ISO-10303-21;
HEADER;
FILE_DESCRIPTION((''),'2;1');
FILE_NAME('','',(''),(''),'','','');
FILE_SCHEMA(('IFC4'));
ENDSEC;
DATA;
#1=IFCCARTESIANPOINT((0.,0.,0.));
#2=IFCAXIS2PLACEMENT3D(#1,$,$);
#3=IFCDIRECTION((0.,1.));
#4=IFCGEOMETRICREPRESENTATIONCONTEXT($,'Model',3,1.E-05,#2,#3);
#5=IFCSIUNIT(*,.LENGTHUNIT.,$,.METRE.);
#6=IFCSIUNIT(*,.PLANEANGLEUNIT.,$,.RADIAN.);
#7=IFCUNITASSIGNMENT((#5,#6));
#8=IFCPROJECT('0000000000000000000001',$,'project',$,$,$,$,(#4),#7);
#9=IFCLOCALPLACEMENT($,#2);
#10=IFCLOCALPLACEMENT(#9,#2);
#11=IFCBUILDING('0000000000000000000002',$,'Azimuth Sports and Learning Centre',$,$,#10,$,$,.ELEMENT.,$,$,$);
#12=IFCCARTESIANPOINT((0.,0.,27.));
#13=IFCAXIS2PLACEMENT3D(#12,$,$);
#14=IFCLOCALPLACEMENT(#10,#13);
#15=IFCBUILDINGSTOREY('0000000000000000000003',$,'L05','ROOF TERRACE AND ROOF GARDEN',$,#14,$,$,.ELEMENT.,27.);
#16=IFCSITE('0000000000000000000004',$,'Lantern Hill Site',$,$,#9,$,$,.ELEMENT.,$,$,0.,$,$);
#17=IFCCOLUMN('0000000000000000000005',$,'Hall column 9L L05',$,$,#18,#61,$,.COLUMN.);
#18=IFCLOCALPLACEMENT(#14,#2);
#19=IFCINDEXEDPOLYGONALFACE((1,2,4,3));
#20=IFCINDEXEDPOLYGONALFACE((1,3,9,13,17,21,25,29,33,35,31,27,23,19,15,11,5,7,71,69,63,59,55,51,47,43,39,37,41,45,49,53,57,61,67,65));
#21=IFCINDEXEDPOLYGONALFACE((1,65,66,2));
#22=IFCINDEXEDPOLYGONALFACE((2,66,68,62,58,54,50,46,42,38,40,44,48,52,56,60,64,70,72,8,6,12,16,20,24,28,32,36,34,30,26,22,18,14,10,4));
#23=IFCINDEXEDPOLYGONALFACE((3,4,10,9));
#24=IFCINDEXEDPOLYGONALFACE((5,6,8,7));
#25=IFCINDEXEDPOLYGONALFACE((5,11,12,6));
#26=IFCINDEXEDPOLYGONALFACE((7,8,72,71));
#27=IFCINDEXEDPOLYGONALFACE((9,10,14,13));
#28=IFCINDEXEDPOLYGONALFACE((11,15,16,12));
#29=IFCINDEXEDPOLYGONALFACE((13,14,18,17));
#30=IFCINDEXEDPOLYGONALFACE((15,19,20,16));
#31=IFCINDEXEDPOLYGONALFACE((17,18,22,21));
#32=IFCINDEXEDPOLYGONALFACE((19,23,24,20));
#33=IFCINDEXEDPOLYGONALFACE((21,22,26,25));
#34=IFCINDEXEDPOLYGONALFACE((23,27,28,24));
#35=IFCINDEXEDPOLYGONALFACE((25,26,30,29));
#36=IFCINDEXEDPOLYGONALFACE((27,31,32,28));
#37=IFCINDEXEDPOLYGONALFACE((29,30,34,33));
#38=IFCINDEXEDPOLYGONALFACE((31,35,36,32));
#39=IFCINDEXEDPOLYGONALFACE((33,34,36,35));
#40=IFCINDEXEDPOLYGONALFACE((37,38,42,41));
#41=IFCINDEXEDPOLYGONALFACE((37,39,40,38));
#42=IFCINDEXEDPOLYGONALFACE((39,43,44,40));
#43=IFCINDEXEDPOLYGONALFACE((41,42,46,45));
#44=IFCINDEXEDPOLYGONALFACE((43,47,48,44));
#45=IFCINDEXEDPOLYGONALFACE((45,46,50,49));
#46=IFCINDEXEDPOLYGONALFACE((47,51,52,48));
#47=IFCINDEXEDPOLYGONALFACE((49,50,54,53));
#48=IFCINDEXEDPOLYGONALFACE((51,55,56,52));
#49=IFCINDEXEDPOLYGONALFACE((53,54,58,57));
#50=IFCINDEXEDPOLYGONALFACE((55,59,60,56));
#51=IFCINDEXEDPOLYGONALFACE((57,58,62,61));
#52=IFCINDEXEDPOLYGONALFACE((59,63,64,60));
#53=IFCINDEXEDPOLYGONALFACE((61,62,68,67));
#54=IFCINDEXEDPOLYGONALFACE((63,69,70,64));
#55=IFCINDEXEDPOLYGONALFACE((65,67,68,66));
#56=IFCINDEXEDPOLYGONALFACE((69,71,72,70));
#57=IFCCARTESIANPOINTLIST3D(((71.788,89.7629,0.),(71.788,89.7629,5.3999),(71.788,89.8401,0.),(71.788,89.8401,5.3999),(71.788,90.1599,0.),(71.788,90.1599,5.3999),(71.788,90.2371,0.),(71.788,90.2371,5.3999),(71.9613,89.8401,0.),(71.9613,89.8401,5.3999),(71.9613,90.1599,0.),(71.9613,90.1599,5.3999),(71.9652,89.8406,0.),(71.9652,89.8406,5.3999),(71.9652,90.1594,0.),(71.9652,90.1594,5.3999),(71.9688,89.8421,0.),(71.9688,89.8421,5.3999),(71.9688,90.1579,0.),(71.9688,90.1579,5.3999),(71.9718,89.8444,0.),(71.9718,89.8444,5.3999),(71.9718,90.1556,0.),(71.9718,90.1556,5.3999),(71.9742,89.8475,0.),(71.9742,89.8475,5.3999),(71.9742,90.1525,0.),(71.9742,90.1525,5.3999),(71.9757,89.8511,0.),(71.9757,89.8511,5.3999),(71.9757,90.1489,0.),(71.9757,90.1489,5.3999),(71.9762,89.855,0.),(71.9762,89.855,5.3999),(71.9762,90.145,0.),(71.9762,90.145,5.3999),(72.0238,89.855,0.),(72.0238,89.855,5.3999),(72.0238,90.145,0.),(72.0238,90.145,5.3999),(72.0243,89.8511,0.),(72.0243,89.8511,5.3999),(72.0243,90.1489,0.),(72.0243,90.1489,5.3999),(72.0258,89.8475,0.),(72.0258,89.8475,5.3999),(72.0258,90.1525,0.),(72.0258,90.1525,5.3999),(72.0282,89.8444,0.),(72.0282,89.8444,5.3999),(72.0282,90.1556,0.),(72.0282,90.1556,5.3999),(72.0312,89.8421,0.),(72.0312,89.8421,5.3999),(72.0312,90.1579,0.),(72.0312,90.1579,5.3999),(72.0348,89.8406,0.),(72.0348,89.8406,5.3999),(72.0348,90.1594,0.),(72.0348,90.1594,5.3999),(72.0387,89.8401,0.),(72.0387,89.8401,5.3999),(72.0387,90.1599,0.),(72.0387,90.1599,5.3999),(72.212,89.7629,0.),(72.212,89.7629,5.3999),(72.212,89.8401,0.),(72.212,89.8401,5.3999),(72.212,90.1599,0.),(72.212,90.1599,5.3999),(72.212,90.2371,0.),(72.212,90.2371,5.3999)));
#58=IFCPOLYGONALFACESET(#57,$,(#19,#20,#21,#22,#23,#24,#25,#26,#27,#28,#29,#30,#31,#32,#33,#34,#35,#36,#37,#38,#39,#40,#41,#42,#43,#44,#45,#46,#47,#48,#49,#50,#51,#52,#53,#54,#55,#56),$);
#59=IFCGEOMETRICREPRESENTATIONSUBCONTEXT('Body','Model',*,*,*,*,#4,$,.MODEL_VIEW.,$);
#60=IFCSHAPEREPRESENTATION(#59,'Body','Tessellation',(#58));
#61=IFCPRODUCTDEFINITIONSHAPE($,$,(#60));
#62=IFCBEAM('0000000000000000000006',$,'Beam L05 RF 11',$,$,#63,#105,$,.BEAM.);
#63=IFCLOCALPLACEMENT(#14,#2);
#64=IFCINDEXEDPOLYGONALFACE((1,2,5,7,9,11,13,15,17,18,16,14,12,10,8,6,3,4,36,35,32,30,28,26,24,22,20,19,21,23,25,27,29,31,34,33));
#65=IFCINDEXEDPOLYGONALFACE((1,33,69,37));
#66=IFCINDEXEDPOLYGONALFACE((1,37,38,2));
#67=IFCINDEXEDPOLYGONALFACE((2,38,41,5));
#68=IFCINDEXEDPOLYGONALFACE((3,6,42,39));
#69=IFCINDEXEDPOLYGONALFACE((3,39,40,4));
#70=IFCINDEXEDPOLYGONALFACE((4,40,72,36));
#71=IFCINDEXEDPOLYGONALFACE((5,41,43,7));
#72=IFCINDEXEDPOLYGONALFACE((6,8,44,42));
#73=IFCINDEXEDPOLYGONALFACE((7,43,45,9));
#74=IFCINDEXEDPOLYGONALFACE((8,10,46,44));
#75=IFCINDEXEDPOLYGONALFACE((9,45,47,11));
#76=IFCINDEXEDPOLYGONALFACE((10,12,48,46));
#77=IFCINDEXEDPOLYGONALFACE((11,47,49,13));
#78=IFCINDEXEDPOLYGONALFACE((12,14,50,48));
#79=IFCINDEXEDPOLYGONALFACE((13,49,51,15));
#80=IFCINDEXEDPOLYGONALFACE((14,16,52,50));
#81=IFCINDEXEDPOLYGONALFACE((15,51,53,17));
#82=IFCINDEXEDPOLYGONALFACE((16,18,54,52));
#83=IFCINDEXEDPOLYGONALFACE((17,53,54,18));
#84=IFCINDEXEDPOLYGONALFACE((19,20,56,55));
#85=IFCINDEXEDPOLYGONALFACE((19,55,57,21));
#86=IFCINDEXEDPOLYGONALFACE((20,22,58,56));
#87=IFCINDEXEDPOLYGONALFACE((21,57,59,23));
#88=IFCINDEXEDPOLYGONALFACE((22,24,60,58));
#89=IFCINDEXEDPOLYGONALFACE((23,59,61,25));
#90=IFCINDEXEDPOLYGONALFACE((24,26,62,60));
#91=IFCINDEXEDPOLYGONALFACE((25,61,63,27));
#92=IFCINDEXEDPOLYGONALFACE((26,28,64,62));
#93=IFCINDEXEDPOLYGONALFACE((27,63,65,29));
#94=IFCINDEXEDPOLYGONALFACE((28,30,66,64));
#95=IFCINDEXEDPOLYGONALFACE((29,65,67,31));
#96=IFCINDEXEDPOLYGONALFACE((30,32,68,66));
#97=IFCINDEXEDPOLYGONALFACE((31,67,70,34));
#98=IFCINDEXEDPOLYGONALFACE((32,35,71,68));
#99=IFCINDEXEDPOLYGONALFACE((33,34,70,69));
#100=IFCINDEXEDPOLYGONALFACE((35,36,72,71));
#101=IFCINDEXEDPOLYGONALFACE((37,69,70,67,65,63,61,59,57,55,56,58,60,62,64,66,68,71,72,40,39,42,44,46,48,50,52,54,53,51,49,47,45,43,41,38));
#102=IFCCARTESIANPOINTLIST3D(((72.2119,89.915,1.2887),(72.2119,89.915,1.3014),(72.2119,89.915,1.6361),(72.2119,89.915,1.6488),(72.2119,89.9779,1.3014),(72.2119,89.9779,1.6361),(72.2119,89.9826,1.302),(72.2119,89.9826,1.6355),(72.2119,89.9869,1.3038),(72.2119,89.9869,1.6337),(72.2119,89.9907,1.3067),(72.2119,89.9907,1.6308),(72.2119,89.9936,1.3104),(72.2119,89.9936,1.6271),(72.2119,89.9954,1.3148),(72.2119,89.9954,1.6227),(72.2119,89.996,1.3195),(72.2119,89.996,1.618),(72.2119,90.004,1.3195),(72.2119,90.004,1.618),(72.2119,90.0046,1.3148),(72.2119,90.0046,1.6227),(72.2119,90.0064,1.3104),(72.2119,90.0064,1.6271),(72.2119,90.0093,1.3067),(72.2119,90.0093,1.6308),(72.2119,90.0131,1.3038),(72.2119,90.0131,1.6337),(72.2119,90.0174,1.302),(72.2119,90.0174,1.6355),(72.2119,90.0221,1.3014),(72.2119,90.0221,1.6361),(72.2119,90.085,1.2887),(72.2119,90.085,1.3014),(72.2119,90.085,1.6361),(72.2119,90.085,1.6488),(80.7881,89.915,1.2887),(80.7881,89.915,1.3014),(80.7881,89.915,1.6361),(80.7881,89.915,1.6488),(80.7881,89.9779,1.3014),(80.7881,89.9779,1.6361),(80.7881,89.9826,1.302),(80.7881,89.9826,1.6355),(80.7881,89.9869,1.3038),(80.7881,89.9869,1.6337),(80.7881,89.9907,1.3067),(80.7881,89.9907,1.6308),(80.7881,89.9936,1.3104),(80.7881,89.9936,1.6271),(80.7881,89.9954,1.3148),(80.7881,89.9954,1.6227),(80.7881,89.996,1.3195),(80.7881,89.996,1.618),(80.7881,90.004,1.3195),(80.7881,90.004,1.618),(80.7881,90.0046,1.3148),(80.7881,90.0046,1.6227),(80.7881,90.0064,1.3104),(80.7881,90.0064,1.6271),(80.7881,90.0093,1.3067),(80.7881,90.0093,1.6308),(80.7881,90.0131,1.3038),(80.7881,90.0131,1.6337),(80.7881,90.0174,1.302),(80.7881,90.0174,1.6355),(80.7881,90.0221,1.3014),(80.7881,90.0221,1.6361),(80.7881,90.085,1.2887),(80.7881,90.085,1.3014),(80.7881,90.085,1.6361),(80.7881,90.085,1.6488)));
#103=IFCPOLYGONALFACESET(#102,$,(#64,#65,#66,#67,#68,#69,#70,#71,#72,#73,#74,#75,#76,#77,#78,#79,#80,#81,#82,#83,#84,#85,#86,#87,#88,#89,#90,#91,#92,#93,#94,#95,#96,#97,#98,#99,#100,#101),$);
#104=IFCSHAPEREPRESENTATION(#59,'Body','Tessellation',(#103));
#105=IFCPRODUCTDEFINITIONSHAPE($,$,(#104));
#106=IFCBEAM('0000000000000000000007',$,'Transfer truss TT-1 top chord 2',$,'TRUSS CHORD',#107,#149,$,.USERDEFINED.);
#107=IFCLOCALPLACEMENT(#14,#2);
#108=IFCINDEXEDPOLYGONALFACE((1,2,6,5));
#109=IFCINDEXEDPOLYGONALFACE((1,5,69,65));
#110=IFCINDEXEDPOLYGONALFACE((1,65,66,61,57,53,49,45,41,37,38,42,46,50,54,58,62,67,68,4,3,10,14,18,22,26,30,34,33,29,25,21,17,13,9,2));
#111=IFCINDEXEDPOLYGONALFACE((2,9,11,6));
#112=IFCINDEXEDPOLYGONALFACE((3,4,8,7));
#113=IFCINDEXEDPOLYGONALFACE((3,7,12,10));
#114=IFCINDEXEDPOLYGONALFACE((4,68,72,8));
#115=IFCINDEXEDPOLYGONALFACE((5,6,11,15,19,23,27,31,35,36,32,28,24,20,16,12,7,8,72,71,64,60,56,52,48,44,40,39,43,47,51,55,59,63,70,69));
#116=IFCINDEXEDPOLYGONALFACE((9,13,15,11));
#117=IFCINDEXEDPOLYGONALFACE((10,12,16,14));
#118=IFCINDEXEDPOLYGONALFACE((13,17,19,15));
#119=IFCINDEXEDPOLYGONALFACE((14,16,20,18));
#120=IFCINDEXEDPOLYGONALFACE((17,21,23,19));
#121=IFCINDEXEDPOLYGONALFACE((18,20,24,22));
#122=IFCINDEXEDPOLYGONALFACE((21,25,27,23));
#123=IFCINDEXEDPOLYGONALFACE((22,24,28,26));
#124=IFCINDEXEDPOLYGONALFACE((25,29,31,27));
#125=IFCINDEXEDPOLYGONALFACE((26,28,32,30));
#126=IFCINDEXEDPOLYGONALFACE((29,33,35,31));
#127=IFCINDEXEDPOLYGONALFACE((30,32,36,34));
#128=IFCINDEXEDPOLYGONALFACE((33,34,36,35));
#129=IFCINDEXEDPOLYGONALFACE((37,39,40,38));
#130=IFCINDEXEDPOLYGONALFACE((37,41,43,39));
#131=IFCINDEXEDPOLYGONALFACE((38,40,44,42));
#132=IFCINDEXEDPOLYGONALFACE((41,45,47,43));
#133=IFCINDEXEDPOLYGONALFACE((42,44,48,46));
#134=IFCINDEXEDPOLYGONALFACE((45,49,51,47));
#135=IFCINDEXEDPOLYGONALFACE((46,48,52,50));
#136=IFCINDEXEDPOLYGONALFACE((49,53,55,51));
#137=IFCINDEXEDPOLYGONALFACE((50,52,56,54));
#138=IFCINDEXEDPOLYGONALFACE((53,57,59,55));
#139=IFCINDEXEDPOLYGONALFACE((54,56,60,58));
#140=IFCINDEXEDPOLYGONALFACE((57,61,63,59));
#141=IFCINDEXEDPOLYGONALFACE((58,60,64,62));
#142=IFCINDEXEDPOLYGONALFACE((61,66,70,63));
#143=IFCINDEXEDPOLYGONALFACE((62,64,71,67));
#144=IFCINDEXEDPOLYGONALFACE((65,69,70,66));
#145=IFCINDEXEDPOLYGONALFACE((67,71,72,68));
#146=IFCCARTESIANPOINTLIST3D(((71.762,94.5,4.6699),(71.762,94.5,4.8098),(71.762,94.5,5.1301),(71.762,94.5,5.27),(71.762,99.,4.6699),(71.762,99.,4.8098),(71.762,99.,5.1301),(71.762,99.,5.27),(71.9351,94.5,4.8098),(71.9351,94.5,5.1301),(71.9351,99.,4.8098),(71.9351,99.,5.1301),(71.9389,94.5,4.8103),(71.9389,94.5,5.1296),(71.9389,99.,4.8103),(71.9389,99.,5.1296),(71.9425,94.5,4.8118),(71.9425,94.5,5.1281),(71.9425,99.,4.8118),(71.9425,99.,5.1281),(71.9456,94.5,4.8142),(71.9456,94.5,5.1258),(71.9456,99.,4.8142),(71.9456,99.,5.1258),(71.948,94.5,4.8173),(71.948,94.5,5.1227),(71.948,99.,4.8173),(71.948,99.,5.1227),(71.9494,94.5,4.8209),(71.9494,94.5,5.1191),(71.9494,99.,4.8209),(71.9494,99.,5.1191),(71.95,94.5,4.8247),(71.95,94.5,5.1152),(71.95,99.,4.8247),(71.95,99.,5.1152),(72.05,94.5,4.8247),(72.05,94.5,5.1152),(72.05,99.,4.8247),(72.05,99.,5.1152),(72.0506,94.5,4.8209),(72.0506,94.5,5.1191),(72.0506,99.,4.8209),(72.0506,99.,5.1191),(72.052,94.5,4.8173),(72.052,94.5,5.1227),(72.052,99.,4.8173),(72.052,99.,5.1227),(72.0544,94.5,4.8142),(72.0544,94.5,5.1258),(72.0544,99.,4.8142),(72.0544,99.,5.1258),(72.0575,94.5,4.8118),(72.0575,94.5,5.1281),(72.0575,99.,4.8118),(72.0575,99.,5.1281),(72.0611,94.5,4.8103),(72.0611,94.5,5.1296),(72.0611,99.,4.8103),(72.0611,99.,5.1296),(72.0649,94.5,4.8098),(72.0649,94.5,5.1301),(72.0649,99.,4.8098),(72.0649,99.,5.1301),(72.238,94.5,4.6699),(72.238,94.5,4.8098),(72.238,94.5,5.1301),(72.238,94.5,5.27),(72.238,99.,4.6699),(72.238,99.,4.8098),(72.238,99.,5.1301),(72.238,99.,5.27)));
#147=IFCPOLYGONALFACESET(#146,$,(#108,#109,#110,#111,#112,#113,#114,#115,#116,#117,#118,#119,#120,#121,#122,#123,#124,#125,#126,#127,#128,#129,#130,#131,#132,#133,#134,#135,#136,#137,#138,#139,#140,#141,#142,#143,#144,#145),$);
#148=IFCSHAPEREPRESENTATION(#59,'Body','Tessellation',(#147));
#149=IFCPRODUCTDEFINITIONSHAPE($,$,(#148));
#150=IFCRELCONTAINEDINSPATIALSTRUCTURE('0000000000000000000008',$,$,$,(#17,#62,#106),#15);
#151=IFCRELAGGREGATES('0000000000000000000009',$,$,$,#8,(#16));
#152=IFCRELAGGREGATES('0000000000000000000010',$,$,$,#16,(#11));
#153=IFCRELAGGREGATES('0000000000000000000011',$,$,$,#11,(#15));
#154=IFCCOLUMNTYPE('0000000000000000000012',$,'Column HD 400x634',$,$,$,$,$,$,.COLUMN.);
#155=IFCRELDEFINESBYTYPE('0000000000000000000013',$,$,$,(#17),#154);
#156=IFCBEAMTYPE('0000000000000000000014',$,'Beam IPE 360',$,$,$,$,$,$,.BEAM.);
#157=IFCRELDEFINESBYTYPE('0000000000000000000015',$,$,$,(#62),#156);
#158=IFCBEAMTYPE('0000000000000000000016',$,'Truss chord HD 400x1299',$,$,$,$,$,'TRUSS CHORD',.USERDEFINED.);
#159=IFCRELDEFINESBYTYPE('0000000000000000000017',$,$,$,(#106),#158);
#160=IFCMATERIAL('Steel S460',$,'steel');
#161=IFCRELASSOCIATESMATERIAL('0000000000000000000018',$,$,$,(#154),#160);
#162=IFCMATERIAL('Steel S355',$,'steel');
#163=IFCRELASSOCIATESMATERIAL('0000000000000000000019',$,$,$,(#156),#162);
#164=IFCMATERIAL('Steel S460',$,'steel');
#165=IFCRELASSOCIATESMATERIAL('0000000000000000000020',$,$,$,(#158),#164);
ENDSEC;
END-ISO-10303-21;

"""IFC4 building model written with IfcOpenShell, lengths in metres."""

from ifc_helpers import new_model, si_unit, direction, frame, origin, origin_2d, place, context, subcontext, project, spatial, i_section, extrude, material, material_profile, profile_set, type_object, element, save


model = new_model("IFC4")

# Units and contexts
model_context = context("Model", 3, precision=1e-05, world=origin(), true_north=direction((0.0, 1.0)))
body_context = subcontext(model_context, "Body", "Model", "MODEL_VIEW")
ifc_project = project(units=[si_unit("LENGTHUNIT", "METRE"), si_unit("PLANEANGLEUNIT", "RADIAN")], contexts=[model_context])

# Site, building, storey
site_placement = place(None, origin())
site = spatial("IfcSite", under=ifc_project, at=site_placement, Name="Lantern Hill Site", CompositionType="ELEMENT", RefElevation=0.0)
building_placement = place(site_placement, origin())
building = spatial("IfcBuilding", under=site, at=building_placement, Name="Azimuth Sports and Learning Centre", CompositionType="ELEMENT")
storey_placement = place(building_placement, frame((0.0, 0.0, 27.0)))
storey = spatial("IfcBuildingStorey", under=building, at=storey_placement, Name="L05", Description="ROOF TERRACE AND ROOF GARDEN", CompositionType="ELEMENT", Elevation=27.0)

# Column
ifc_material_1 = material(Name="Steel S460", Category="steel")
ifc_material_profile_1 = material_profile(ifc_material_1, i_section(OverallWidth=0.4241, OverallDepth=0.4741, WebThickness=0.0476, FlangeThickness=0.0771, FilletRadius=0.0149, at=origin_2d()), Name="HD 400x634")
ifc_profile_set_1 = profile_set([ifc_material_profile_1], Name="Steel S460")
column_type = type_object("IfcColumnType", Name="Column HD 400x634", PredefinedType="COLUMN", material=ifc_profile_set_1)
column_placement = place(storey_placement, frame((72.0, 90.0, 0.0), z_axis=(0.0, 0.0, 1.0), x_axis=(1.0, 0.0, 0.0)))
element("IfcColumn", 1, at=column_placement, inside=storey, type_object=column_type, Name="Hall column 9L L05", PredefinedType="COLUMN", context=body_context, shape_type="SweptSolid", body=[
    extrude(i_section(OverallWidth=0.4241, OverallDepth=0.4741, WebThickness=0.0476, FlangeThickness=0.0771, FilletRadius=0.0149, at=origin_2d()), origin(), (0.0, 0.0, 1.0), 5.3999),
])

# Beams
ifc_material_2 = material(Name="Steel S355", Category="steel")
ifc_material_profile_2 = material_profile(ifc_material_2, i_section(OverallWidth=0.1699, OverallDepth=0.3601, WebThickness=0.0081, FlangeThickness=0.0127, FilletRadius=0.0181, at=origin_2d()), Name="IPE 360")
ifc_profile_set_2 = profile_set([ifc_material_profile_2], Name="Steel S355")
beam_type_1 = type_object("IfcBeamType", Name="Beam IPE 360", PredefinedType="BEAM", material=ifc_profile_set_2)
beam_1_placement = place(storey_placement, frame((72.2119, 90.0, 1.4688), z_axis=(1.0, 0.0, 0.0), x_axis=(0.0, 1.0, 0.0)))
element("IfcBeam", 2, at=beam_1_placement, inside=storey, type_object=beam_type_1, Name="Beam L05 RF 11", PredefinedType="BEAM", context=body_context, shape_type="SweptSolid", body=[
    extrude(i_section(OverallWidth=0.1699, OverallDepth=0.3601, WebThickness=0.0081, FlangeThickness=0.0127, FilletRadius=0.0181, at=origin_2d()), origin(), (0.0, 0.0, 1.0), 8.5762),
])
ifc_material_3 = material(Name="Steel S460", Category="steel")
ifc_material_profile_3 = material_profile(ifc_material_3, i_section(OverallWidth=0.4761, OverallDepth=0.6001, WebThickness=0.1001, FlangeThickness=0.1399, FilletRadius=0.0149, at=origin_2d()), Name="HD 400x1299")
ifc_profile_set_3 = profile_set([ifc_material_profile_3], Name="Steel S460")
beam_type_2 = type_object("IfcBeamType", Name="Truss chord HD 400x1299", ElementType="TRUSS CHORD", PredefinedType="USERDEFINED", material=ifc_profile_set_3)
beam_2_placement = place(storey_placement, frame((72.0, 94.5, 4.97), z_axis=(0.0, 1.0, 0.0), x_axis=(-1.0, 0.0, 0.0)))
element("IfcBeam", 3, at=beam_2_placement, inside=storey, type_object=beam_type_2, Name="Transfer truss TT-1 top chord 2", ObjectType="TRUSS CHORD", PredefinedType="USERDEFINED", context=body_context, shape_type="SweptSolid", body=[
    extrude(i_section(OverallWidth=0.4761, OverallDepth=0.6001, WebThickness=0.1001, FlangeThickness=0.1399, FilletRadius=0.0149, at=origin_2d()), origin(), (0.0, 0.0, 1.0), 4.5),
])

save(model, "model.ifc")
